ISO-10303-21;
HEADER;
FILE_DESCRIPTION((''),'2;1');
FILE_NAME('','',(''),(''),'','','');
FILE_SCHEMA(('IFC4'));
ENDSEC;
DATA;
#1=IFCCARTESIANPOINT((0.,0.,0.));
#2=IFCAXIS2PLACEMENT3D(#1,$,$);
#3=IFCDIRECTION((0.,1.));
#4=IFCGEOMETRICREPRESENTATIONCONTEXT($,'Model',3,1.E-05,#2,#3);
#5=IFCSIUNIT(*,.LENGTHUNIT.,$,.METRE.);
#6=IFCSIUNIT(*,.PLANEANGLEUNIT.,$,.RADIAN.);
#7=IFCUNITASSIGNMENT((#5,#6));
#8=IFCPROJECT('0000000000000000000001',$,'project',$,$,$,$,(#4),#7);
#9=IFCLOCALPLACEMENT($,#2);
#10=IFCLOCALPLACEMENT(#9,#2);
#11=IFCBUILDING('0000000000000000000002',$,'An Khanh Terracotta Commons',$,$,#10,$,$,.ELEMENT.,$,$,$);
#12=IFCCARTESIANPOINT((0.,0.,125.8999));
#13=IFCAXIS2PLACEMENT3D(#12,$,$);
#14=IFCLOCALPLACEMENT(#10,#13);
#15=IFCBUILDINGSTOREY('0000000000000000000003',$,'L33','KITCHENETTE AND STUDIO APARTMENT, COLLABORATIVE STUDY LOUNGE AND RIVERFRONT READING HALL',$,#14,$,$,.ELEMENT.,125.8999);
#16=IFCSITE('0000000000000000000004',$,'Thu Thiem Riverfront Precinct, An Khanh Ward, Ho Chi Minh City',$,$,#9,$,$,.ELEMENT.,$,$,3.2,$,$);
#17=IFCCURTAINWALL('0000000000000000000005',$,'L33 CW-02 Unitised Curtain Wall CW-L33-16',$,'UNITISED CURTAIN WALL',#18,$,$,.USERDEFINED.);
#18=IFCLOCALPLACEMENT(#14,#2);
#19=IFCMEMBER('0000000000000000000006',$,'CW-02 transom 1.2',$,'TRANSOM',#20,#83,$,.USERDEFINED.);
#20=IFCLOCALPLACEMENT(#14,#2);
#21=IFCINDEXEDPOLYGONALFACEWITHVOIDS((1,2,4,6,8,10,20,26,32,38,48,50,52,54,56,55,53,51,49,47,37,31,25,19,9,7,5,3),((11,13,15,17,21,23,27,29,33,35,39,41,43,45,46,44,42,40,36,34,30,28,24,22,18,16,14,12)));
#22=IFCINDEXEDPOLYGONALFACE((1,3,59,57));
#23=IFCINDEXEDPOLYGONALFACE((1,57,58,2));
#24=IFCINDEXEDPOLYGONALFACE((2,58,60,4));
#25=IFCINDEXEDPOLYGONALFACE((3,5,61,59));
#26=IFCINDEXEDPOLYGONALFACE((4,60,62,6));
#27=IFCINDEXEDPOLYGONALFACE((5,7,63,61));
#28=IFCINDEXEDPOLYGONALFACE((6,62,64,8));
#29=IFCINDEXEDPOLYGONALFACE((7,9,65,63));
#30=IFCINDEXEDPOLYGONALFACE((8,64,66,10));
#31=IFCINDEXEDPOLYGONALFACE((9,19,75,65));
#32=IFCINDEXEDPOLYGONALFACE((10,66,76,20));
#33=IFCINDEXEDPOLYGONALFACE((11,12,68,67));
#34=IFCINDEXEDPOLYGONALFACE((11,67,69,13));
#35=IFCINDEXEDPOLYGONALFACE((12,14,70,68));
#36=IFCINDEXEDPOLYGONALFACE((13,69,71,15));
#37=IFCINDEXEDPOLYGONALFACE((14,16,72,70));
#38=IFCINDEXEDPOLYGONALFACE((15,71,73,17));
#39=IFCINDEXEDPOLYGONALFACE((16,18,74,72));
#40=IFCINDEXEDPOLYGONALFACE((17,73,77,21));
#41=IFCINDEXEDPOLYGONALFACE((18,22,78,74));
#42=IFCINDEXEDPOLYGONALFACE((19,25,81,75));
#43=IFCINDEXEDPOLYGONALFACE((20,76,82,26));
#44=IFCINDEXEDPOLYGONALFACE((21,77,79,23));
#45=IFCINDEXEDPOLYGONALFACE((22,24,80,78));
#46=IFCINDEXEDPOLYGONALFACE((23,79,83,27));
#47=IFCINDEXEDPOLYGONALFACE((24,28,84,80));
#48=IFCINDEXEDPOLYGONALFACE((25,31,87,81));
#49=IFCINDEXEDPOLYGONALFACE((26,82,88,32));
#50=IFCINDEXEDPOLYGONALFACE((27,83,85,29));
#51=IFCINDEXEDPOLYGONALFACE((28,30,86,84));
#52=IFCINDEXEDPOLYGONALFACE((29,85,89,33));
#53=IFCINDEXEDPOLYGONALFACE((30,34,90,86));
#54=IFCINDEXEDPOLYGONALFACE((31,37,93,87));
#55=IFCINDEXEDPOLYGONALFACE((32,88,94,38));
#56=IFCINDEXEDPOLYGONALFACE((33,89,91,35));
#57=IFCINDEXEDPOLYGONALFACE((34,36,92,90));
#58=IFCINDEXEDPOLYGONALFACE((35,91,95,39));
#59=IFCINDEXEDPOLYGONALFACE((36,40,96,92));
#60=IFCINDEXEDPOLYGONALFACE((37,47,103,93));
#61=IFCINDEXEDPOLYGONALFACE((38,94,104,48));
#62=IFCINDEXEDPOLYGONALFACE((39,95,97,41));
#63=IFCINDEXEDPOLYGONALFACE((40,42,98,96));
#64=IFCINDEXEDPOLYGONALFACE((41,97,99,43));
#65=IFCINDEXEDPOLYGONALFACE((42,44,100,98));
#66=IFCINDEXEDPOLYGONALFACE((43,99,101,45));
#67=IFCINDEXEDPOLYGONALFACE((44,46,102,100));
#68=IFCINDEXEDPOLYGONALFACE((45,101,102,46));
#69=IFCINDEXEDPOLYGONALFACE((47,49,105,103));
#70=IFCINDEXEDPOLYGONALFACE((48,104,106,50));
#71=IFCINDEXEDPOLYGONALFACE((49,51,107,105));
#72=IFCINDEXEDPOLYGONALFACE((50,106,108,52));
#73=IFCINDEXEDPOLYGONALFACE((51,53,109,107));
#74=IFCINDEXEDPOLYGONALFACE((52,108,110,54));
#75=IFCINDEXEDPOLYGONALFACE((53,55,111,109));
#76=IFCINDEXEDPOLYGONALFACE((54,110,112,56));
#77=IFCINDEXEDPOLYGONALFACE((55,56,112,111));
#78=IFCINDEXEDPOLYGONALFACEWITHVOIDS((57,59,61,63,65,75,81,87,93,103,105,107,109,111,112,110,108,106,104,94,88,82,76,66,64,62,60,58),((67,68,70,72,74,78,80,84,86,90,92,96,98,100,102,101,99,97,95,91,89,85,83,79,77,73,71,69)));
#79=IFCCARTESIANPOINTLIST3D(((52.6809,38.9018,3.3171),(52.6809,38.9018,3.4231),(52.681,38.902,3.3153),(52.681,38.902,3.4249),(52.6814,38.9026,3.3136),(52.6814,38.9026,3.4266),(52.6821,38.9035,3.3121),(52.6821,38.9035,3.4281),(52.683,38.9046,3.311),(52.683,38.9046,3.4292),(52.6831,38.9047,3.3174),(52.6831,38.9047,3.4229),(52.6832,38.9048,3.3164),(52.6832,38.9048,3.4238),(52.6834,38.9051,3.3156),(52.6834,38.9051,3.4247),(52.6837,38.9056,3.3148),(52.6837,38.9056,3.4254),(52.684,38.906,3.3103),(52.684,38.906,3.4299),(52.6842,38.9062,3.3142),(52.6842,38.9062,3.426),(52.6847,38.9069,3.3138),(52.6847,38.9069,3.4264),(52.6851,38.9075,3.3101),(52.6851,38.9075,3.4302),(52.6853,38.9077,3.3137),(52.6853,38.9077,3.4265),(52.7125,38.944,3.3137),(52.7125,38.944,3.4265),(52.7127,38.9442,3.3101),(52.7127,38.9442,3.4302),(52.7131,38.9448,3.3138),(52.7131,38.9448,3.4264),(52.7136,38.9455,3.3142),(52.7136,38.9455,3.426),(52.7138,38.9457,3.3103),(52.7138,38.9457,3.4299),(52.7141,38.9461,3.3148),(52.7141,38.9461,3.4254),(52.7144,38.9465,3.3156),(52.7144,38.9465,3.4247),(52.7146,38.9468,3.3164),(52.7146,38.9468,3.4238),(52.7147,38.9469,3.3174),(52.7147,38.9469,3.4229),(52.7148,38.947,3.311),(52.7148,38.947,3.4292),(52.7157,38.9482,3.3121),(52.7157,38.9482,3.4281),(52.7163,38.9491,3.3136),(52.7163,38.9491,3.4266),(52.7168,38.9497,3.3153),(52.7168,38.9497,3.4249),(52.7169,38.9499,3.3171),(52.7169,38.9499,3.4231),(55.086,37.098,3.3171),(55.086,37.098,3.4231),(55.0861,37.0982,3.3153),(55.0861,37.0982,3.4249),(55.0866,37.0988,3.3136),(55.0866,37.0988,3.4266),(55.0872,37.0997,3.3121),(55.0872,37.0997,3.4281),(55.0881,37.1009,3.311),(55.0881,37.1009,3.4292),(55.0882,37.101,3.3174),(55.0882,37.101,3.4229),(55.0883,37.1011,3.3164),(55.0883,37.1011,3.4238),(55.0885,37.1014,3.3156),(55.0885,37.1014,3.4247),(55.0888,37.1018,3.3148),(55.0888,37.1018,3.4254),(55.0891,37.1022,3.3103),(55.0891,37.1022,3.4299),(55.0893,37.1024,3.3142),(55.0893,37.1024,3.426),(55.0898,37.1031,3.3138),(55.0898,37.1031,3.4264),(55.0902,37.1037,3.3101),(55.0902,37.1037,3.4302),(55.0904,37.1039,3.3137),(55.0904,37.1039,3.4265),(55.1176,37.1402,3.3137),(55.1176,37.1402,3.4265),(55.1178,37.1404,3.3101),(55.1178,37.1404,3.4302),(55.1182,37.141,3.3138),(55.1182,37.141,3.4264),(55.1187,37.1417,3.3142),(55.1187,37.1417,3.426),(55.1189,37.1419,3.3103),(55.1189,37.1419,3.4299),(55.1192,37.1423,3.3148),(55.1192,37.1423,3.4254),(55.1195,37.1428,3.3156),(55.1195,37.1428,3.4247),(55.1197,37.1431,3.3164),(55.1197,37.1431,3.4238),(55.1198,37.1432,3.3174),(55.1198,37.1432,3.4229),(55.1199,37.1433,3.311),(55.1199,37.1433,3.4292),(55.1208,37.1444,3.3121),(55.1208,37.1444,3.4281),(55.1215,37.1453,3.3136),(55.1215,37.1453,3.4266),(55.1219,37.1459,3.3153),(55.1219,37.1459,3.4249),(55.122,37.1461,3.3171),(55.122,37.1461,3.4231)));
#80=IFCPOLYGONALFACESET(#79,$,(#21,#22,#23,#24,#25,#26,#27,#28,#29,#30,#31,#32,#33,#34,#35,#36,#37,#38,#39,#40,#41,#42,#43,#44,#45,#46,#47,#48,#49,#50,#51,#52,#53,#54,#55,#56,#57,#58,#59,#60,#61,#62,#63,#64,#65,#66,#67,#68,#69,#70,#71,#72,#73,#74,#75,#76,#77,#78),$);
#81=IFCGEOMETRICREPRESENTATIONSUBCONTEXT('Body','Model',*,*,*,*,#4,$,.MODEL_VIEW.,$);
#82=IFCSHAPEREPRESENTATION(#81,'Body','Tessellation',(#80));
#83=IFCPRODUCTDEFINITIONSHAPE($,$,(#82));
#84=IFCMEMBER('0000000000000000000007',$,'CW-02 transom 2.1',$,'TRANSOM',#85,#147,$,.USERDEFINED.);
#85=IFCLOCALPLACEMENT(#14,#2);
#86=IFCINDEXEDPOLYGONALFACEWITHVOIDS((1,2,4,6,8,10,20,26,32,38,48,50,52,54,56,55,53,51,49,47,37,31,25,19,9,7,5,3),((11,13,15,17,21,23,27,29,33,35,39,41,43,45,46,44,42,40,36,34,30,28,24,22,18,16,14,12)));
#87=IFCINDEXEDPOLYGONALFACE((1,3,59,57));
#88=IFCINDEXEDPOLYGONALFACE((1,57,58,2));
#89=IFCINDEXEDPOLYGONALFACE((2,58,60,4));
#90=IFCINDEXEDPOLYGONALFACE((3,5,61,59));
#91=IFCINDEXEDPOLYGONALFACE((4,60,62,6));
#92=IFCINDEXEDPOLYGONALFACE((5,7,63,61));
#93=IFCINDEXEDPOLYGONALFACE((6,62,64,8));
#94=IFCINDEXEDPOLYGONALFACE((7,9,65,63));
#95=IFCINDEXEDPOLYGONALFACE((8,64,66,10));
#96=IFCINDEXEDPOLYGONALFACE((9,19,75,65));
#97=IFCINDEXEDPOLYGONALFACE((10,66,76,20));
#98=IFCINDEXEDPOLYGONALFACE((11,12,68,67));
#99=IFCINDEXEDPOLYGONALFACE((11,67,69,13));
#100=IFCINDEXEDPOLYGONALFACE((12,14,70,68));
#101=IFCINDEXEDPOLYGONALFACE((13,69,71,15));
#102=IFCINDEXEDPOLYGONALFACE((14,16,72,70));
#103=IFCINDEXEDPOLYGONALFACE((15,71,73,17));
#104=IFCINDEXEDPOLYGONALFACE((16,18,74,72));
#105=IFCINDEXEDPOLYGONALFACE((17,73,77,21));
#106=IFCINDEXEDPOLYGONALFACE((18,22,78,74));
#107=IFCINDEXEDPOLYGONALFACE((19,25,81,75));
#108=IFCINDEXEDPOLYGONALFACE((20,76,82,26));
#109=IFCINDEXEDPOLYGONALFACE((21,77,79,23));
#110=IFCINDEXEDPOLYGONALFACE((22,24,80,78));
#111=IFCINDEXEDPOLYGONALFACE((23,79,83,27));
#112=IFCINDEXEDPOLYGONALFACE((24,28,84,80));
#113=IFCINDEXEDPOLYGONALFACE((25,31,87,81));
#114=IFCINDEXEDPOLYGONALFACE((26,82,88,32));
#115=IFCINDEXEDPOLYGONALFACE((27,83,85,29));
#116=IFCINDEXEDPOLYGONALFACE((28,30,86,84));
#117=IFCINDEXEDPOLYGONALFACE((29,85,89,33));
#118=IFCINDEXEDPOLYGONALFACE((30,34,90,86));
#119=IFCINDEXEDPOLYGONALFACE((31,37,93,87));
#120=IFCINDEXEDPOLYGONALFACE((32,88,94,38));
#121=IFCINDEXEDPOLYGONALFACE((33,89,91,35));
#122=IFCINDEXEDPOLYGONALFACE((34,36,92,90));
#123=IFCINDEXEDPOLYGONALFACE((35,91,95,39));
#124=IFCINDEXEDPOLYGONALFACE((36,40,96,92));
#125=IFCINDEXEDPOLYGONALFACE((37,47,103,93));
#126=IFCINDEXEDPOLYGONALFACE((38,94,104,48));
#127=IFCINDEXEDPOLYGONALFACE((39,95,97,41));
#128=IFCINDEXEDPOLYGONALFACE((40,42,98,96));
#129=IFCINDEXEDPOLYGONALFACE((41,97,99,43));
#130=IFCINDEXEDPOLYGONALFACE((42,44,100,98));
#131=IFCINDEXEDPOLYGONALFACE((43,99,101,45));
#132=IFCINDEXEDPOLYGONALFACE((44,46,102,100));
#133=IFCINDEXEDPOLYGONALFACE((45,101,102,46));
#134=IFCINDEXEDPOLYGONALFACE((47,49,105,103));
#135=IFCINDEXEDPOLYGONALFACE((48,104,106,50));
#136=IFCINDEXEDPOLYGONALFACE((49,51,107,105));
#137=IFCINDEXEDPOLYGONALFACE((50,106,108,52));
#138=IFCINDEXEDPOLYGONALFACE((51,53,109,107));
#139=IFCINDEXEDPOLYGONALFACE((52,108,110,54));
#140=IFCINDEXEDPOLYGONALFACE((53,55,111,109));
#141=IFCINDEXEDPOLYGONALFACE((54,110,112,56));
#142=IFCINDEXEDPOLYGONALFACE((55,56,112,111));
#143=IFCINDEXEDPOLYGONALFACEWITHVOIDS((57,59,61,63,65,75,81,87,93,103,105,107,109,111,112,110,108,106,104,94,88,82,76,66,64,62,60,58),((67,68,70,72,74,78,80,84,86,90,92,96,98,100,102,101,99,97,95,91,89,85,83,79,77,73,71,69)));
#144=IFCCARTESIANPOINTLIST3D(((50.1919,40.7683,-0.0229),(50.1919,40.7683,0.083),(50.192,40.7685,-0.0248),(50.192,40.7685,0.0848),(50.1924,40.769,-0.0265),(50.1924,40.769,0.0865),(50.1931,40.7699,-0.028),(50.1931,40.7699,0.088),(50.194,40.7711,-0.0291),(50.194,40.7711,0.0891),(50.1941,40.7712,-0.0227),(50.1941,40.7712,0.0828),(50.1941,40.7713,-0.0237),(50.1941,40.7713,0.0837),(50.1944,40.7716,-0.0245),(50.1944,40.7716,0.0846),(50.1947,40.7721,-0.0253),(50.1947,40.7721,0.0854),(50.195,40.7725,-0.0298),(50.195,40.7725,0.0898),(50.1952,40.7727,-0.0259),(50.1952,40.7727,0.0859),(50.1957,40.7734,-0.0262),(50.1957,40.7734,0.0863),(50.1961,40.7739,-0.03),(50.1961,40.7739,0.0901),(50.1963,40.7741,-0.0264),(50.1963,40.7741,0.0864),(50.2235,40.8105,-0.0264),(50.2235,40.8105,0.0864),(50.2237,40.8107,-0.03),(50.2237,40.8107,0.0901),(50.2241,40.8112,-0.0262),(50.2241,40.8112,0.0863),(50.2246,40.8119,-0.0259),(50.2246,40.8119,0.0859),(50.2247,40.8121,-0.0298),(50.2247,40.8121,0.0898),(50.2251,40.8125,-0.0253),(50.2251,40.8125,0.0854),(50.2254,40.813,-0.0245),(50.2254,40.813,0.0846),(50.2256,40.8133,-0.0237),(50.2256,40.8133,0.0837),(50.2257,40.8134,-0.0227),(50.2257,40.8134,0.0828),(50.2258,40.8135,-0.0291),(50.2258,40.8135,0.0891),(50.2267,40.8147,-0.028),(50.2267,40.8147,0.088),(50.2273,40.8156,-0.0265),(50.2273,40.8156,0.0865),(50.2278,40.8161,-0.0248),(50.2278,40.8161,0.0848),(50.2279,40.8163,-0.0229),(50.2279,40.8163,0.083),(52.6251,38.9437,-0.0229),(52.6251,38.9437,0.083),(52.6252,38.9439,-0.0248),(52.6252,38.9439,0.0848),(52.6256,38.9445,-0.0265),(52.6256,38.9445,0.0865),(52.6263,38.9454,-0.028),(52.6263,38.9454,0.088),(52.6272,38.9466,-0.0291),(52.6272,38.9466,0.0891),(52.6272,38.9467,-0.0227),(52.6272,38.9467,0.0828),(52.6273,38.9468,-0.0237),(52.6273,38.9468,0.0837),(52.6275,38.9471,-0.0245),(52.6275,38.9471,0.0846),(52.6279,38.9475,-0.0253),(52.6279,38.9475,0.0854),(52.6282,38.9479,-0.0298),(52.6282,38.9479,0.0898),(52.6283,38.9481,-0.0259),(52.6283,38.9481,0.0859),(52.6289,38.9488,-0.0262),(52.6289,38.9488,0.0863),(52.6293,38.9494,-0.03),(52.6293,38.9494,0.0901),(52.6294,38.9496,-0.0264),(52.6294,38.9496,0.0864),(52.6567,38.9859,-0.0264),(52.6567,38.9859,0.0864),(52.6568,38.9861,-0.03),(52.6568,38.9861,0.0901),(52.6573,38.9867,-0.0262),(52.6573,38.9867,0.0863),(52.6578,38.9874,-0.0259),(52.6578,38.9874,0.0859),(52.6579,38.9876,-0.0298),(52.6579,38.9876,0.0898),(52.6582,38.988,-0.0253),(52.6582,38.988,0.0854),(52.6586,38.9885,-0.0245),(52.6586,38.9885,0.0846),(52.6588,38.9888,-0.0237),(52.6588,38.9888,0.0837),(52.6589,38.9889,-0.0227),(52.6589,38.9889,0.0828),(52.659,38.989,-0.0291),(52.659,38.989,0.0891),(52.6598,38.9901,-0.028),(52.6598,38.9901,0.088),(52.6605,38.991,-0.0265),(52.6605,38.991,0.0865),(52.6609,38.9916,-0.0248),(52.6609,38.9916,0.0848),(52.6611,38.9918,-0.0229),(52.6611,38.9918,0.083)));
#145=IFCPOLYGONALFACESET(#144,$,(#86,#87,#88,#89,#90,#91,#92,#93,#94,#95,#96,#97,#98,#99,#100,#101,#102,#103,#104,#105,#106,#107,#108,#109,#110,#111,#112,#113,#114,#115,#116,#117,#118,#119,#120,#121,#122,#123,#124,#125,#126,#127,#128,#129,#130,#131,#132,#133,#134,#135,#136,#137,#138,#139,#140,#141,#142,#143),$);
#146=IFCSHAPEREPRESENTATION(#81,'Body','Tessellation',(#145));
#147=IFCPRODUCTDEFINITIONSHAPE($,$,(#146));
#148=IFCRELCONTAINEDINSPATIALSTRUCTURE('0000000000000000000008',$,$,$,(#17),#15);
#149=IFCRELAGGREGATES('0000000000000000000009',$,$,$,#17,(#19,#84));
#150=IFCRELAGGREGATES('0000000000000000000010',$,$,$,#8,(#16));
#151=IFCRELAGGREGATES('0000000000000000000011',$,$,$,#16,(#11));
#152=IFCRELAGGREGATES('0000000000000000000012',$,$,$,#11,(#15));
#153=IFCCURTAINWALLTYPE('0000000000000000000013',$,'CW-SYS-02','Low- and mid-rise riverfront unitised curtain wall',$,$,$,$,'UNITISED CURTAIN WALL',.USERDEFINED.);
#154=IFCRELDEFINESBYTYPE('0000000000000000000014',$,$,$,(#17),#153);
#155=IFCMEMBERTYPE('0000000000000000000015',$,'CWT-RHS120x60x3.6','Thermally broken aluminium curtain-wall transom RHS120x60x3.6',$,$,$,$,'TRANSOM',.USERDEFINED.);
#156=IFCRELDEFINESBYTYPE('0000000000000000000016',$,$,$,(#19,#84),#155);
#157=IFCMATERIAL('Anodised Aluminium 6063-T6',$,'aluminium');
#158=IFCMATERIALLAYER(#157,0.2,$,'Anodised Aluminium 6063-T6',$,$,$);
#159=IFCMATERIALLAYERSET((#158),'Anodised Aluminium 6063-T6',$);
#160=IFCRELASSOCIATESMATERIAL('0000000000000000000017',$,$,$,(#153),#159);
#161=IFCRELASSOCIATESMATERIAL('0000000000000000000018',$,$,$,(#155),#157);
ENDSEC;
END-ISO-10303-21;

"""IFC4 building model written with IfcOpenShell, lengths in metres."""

from ifc_helpers import new_model, si_unit, direction, frame, origin, origin_2d, place, context, subcontext, project, spatial, hollow_rectangle, extrude, material, layer, layer_set, material_profile, profile_set, type_object, element, aggregate, save


model = new_model("IFC4")

# Units and contexts
model_context = context("Model", 3, precision=1e-05, world=origin(), true_north=direction((0.0, 1.0)))
body_context = subcontext(model_context, "Body", "Model", "MODEL_VIEW")
ifc_project = project(units=[si_unit("LENGTHUNIT", "METRE"), si_unit("PLANEANGLEUNIT", "RADIAN")], contexts=[model_context])

# Site, building, storey
site_placement = place(None, origin())
site = spatial("IfcSite", under=ifc_project, at=site_placement, Name="Thu Thiem Riverfront Precinct, An Khanh Ward, Ho Chi Minh City", CompositionType="ELEMENT", RefElevation=3.2)
building_placement = place(site_placement, origin())
building = spatial("IfcBuilding", under=site, at=building_placement, Name="An Khanh Terracotta Commons", CompositionType="ELEMENT")
storey_placement = place(building_placement, frame((0.0, 0.0, 125.8999)))
storey = spatial("IfcBuildingStorey", under=building, at=storey_placement, Name="L33", Description="KITCHENETTE AND STUDIO APARTMENT, COLLABORATIVE STUDY LOUNGE AND RIVERFRONT READING HALL", CompositionType="ELEMENT", Elevation=125.8999)

# Shared definitions
ifc_material_1 = material(Name="Anodised Aluminium 6063-T6", Category="aluminium")

# Curtain wall, members
ifc_layer_1 = layer(ifc_material_1, 0.2, Name="Anodised Aluminium 6063-T6")
ifc_layer_set_1 = layer_set([ifc_layer_1], Name="Anodised Aluminium 6063-T6")
curtain_wall_type_1 = type_object("IfcCurtainWallType", Name="CW-SYS-02", Description="Low- and mid-rise riverfront unitised curtain wall", ElementType="UNITISED CURTAIN WALL", PredefinedType="USERDEFINED", material=ifc_layer_set_1)
curtain_wall_1_placement = place(storey_placement, origin())
curtain_wall_1 = element("IfcCurtainWall", 1, at=curtain_wall_1_placement, inside=storey, type_object=curtain_wall_type_1, Name="L33 CW-02 Unitised Curtain Wall CW-L33-16", ObjectType="UNITISED CURTAIN WALL", PredefinedType="USERDEFINED")
ifc_material_profile_1 = material_profile(ifc_material_1, hollow_rectangle(XDim=0.0601, YDim=0.1201, WallThickness=0.0037, InnerFilletRadius=0.0037, OuterFilletRadius=0.0071, at=origin_2d()), Name="RHS120x60x3.6")
ifc_profile_set_1 = profile_set([ifc_material_profile_1], Name="Anodised Aluminium 6063-T6")
member_type_1 = type_object("IfcMemberType", Name="CWT-RHS120x60x3.6", Description="Thermally broken aluminium curtain-wall transom RHS120x60x3.6", ElementType="TRANSOM", PredefinedType="USERDEFINED", material=ifc_profile_set_1)
member_1_placement = place(storey_placement, frame((55.104, 37.1221, 3.3701), z_axis=(-0.80001, 0.599987, 0.0), x_axis=(-0.599987, -0.80001, 0.0)))
member_1 = element("IfcMember", 2, at=member_1_placement, type_object=member_type_1, Name="CW-02 transom 1.2", ObjectType="TRANSOM", PredefinedType="USERDEFINED", context=body_context, shape_type="SweptSolid", body=[
    extrude(hollow_rectangle(XDim=0.0601, YDim=0.1201, WallThickness=0.0037, InnerFilletRadius=0.0037, OuterFilletRadius=0.0071, at=origin_2d()), origin(), (0.0, 0.0, 1.0), 3.0063),
])
member_2_placement = place(storey_placement, frame((52.6431, 38.9678, 0.03), z_axis=(-0.800058, 0.599923, 0.0), x_axis=(-0.599923, -0.800058, 0.0)))
member_2 = element("IfcMember", 3, at=member_2_placement, type_object=member_type_1, Name="CW-02 transom 2.1", ObjectType="TRANSOM", PredefinedType="USERDEFINED", context=body_context, shape_type="SweptSolid", body=[
    extrude(hollow_rectangle(XDim=0.0601, YDim=0.1201, WallThickness=0.0037, InnerFilletRadius=0.0037, OuterFilletRadius=0.0071, at=origin_2d()), origin(), (0.0, 0.0, 1.0), 3.0413),
])

aggregate(curtain_wall_1, [member_1, member_2])

save(model, "model.ifc")
